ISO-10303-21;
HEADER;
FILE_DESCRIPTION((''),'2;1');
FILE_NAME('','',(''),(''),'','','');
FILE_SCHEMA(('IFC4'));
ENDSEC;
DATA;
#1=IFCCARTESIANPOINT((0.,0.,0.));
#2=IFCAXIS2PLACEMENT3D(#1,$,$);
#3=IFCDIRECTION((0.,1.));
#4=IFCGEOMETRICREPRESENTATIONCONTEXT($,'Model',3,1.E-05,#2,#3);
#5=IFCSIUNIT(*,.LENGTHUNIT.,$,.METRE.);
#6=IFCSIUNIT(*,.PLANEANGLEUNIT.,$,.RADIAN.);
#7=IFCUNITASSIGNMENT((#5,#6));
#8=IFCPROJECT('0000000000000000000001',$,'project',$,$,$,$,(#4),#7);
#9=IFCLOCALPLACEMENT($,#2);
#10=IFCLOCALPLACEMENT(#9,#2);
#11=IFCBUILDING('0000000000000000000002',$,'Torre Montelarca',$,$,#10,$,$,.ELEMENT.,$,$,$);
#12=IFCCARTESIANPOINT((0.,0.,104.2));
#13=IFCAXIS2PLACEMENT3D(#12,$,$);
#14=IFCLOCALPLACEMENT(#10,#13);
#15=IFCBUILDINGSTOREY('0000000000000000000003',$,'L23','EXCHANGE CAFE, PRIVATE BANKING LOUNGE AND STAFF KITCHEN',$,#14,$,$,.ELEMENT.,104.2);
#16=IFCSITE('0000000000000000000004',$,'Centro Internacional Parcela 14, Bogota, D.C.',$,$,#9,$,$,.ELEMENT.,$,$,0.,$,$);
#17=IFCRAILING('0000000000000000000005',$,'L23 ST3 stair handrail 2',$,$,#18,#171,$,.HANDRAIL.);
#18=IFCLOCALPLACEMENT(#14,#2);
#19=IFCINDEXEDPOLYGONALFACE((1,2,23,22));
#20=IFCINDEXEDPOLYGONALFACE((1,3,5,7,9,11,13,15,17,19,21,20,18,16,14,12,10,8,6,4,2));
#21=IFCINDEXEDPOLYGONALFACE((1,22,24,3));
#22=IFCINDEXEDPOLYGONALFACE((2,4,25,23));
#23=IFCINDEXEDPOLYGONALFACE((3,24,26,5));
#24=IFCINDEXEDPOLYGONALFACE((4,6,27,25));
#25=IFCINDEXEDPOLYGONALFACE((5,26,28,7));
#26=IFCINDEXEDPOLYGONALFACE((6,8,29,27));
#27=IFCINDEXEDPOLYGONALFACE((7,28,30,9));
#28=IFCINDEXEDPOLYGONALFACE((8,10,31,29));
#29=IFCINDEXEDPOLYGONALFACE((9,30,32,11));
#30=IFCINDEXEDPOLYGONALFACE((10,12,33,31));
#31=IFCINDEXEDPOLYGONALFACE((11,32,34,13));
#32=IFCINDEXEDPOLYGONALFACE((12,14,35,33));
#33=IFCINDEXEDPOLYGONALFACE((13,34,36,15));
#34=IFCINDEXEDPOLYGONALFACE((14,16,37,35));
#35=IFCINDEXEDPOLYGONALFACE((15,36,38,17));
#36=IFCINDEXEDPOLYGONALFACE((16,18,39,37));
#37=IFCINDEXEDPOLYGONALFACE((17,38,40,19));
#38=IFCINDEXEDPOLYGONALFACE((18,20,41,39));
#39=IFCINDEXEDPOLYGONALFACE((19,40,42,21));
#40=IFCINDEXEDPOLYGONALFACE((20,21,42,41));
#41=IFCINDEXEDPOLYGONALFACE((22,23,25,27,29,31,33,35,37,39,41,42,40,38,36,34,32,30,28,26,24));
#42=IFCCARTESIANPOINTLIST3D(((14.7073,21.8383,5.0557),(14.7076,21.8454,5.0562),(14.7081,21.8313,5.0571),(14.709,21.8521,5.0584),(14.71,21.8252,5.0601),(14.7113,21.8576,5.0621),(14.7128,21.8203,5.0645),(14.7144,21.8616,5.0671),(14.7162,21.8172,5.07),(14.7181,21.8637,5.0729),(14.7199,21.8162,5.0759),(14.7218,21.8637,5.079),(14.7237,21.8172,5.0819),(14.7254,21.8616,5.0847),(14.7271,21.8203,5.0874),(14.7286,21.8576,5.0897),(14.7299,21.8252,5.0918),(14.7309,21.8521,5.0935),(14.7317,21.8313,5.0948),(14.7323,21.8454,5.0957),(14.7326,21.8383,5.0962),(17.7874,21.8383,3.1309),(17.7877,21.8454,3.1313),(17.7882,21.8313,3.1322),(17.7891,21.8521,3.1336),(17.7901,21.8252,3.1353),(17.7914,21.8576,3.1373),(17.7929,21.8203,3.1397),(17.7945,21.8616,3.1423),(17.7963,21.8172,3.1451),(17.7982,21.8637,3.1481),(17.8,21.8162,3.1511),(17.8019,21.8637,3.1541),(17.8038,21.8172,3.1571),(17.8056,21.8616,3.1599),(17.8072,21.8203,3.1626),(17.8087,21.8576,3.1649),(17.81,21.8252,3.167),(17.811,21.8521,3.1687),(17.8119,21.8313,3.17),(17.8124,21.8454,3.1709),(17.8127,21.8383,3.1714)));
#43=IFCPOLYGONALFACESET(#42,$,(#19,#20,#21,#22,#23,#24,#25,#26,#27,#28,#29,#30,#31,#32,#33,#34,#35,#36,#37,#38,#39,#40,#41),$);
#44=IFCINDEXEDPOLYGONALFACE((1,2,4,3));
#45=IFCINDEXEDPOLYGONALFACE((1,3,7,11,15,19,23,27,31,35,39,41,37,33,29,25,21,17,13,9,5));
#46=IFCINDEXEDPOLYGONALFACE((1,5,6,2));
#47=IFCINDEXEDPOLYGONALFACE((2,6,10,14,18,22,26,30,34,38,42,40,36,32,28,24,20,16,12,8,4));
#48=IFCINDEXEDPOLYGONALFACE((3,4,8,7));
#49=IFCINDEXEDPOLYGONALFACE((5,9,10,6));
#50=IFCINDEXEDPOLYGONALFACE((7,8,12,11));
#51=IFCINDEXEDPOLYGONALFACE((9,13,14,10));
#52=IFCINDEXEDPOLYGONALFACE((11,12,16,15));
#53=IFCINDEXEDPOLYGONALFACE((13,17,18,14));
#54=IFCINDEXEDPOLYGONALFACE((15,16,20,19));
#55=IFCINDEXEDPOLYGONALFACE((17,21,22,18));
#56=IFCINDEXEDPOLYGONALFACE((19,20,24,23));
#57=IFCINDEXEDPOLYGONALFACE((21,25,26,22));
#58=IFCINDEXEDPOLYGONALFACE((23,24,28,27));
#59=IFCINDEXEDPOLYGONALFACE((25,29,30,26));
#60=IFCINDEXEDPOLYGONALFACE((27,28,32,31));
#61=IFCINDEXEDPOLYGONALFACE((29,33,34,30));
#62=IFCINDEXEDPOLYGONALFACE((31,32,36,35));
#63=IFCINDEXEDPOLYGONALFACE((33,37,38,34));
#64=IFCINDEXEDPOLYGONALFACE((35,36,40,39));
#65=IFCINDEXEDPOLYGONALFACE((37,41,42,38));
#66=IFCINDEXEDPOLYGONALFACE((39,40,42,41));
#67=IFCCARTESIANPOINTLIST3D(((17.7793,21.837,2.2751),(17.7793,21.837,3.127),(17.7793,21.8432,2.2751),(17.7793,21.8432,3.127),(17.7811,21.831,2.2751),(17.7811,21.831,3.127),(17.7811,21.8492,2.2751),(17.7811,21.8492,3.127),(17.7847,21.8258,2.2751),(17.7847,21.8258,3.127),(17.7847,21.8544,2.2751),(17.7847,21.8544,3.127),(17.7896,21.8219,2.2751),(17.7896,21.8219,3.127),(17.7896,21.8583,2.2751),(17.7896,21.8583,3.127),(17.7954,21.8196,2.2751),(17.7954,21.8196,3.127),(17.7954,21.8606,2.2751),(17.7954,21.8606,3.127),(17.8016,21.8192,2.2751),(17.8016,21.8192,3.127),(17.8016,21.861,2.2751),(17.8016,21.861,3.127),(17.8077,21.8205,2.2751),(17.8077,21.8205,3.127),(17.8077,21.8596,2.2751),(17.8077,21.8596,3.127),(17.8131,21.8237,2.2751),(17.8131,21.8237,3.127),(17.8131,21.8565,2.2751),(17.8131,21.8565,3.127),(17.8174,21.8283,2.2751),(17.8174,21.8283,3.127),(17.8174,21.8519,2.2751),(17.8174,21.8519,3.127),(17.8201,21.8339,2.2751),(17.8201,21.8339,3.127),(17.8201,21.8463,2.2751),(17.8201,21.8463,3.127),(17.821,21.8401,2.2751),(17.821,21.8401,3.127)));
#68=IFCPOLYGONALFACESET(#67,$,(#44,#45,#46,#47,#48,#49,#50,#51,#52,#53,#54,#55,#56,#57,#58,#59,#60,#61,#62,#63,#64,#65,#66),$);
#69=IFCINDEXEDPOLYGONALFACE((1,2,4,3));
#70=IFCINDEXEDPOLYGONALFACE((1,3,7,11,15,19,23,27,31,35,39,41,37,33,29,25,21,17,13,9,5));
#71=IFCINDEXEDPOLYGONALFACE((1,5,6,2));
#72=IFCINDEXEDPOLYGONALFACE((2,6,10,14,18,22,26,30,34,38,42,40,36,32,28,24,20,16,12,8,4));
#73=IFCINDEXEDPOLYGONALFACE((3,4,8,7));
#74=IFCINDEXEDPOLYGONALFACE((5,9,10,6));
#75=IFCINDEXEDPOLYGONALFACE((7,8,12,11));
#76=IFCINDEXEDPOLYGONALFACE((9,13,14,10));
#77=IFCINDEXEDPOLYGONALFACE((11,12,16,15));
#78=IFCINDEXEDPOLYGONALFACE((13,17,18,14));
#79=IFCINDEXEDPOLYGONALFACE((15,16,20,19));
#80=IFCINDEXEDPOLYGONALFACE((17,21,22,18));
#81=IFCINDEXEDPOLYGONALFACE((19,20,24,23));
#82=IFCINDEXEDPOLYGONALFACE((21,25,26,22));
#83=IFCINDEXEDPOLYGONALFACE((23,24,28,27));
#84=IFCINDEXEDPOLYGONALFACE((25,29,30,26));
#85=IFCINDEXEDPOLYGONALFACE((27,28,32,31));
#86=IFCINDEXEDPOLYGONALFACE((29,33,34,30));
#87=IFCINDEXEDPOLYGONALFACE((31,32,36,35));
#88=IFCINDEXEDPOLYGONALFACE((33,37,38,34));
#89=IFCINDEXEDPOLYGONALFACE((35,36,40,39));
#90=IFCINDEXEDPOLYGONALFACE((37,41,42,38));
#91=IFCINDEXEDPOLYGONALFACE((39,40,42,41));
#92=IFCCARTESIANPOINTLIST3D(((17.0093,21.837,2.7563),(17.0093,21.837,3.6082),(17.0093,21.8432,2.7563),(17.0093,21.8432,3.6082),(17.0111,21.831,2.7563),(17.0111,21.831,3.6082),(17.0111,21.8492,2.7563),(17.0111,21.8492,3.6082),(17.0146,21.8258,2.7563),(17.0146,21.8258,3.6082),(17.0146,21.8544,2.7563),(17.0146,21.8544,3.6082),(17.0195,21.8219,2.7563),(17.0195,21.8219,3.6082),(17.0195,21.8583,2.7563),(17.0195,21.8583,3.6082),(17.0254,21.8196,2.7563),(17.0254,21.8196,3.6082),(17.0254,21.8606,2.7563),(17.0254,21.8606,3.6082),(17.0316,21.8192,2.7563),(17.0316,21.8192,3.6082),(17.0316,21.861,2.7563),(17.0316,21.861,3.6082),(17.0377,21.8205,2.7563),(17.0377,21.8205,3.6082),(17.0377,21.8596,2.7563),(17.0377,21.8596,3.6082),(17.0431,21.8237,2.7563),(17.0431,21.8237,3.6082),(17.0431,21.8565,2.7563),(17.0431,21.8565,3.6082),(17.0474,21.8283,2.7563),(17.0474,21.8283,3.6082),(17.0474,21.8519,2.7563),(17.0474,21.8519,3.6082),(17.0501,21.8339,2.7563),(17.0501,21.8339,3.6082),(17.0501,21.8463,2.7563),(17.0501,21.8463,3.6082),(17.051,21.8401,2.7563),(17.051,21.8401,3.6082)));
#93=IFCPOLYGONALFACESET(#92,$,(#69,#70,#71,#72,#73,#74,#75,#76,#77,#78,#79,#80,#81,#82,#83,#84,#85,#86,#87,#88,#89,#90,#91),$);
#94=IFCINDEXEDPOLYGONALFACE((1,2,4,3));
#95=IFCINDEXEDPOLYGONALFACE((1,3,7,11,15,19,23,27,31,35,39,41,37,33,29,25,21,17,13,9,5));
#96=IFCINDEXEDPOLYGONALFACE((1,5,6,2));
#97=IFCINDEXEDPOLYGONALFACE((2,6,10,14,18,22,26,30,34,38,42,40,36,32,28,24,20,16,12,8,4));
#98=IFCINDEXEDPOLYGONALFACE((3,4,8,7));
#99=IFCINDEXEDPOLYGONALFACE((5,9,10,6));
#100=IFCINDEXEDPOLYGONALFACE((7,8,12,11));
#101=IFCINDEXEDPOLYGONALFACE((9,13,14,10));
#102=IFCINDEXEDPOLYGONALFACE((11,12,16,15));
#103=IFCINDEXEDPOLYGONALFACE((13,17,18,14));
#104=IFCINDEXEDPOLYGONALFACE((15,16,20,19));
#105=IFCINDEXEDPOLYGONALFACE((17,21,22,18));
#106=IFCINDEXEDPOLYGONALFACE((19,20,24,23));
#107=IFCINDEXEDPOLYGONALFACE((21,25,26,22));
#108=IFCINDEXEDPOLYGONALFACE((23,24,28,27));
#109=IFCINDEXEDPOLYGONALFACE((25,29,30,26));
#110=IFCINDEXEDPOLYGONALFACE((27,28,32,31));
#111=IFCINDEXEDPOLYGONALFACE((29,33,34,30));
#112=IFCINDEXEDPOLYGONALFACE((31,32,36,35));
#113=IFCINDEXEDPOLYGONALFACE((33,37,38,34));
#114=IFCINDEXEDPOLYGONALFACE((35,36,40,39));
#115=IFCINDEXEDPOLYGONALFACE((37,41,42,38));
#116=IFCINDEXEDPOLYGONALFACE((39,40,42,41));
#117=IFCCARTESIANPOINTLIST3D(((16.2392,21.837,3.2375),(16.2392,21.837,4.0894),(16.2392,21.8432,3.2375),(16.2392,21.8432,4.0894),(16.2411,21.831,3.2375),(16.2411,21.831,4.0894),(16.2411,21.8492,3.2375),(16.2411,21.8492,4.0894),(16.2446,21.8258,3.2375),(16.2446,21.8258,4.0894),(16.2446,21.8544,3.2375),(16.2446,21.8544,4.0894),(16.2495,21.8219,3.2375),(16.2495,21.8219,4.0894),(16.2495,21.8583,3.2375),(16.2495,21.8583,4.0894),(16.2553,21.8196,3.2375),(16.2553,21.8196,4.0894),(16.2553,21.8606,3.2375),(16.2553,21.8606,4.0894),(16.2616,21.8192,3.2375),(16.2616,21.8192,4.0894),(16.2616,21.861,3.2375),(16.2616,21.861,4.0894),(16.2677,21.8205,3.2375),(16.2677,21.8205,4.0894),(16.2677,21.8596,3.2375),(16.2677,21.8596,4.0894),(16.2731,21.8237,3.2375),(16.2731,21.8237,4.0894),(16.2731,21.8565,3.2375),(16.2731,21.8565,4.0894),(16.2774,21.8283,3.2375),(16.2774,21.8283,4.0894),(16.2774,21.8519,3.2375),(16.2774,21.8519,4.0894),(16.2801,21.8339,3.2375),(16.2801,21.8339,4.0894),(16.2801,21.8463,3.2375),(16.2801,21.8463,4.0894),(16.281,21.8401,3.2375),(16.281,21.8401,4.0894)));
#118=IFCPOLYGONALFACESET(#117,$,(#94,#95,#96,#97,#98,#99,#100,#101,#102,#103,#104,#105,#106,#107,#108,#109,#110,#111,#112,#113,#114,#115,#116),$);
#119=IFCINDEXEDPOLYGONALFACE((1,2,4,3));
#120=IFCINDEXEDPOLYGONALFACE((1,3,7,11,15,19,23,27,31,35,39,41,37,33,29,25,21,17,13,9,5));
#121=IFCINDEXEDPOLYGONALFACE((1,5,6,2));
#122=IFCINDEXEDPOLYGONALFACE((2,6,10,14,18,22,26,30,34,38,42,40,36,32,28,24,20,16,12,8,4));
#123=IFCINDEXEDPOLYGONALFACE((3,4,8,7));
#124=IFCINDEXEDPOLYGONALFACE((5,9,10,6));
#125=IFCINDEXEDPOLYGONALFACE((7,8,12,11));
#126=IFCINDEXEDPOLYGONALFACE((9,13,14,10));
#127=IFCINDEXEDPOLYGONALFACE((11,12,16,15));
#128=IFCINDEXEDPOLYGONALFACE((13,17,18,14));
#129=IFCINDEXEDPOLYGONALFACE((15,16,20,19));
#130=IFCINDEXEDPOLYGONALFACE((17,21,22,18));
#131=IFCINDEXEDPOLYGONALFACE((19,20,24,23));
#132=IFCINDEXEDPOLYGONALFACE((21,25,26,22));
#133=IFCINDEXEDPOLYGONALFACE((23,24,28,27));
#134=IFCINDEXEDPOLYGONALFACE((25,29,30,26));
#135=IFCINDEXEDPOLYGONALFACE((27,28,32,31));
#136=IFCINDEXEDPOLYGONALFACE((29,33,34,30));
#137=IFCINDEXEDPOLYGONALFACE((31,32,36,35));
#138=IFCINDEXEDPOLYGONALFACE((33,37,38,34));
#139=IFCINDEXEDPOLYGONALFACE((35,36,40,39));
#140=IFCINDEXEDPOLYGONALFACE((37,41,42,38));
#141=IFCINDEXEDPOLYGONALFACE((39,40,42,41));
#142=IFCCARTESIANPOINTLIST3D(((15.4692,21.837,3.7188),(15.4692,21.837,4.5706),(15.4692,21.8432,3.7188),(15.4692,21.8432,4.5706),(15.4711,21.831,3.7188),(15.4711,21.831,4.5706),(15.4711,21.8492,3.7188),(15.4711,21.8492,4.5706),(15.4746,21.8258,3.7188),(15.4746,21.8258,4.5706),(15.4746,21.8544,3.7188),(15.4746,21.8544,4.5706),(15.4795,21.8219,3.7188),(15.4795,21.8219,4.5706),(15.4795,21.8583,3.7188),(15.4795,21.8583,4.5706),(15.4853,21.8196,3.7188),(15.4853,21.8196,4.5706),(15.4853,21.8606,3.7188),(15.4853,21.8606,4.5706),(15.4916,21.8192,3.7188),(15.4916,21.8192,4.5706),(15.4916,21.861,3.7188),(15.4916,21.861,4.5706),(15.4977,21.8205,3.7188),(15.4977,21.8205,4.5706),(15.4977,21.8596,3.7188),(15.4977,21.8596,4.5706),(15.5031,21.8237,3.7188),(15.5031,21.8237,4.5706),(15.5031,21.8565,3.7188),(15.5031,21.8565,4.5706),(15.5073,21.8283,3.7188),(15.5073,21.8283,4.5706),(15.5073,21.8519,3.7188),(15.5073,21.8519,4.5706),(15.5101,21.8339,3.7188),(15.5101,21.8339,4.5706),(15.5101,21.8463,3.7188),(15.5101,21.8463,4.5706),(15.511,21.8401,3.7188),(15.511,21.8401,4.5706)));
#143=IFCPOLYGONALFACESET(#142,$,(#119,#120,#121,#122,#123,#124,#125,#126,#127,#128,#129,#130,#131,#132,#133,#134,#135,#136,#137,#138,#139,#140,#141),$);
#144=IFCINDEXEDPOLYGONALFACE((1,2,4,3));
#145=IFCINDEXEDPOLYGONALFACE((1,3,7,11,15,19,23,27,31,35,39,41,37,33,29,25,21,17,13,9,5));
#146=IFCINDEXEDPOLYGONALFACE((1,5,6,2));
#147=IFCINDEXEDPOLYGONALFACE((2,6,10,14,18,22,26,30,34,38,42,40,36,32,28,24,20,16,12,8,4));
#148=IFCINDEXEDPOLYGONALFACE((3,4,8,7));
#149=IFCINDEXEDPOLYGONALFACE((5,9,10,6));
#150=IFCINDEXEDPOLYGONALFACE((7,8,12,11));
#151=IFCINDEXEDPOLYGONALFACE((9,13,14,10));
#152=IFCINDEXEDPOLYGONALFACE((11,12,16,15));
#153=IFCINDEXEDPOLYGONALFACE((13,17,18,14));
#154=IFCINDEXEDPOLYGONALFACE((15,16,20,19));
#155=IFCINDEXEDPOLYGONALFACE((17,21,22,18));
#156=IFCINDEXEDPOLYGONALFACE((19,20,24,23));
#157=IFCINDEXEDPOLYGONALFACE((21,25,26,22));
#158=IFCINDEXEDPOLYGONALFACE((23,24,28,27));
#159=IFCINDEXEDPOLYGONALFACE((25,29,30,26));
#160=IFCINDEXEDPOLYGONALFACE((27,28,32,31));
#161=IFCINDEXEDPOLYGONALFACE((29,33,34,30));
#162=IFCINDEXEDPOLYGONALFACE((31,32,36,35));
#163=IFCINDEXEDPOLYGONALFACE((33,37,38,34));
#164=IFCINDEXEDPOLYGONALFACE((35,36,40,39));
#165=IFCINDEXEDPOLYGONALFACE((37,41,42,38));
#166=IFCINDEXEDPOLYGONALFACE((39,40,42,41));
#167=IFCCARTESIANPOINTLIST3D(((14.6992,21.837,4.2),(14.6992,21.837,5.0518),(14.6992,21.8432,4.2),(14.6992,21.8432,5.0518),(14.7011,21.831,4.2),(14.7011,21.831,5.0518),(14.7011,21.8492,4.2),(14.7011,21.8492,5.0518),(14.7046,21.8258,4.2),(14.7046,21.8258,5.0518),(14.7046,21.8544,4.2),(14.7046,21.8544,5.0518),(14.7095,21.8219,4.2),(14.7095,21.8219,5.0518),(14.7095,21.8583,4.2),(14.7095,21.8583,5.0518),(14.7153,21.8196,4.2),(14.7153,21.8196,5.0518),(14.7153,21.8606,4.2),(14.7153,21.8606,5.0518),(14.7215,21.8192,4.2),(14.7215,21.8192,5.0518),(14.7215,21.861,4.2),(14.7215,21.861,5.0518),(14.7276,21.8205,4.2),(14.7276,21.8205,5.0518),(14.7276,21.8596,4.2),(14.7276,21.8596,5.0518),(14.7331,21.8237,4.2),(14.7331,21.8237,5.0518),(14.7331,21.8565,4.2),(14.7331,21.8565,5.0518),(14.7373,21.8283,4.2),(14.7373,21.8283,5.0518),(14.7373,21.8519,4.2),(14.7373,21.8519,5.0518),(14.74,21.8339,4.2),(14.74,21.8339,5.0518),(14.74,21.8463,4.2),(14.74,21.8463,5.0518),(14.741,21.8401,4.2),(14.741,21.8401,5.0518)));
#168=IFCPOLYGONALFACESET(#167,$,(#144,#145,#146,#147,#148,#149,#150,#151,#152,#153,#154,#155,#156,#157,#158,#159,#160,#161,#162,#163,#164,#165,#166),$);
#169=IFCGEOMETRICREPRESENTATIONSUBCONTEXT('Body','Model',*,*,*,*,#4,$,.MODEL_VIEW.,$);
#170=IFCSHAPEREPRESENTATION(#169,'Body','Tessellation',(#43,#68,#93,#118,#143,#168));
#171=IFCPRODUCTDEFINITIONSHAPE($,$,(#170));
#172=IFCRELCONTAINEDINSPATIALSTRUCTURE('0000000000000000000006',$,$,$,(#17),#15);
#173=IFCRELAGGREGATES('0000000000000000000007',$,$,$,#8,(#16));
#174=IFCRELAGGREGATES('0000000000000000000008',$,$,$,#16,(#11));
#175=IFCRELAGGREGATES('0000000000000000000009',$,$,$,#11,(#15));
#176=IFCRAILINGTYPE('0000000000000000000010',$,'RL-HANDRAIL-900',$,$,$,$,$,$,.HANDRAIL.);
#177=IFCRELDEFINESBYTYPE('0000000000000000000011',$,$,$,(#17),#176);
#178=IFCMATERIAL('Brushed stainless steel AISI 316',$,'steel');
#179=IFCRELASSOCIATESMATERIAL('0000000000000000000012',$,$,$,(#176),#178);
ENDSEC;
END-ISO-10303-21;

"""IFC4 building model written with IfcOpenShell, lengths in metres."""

from ifc_helpers import new_model, si_unit, direction, frame, origin, origin_2d, place, context, subcontext, project, spatial, circle, extrude, material, type_object, element, save


model = new_model("IFC4")

# Units and contexts
model_context = context("Model", 3, precision=1e-05, world=origin(), true_north=direction((0.0, 1.0)))
body_context = subcontext(model_context, "Body", "Model", "MODEL_VIEW")
ifc_project = project(units=[si_unit("LENGTHUNIT", "METRE"), si_unit("PLANEANGLEUNIT", "RADIAN")], contexts=[model_context])

# Site, building, storey
site_placement = place(None, origin())
site = spatial("IfcSite", under=ifc_project, at=site_placement, Name="Centro Internacional Parcela 14, Bogota, D.C.", CompositionType="ELEMENT", RefElevation=0.0)
building_placement = place(site_placement, origin())
building = spatial("IfcBuilding", under=site, at=building_placement, Name="Torre Montelarca", CompositionType="ELEMENT")
storey_placement = place(building_placement, frame((0.0, 0.0, 104.2)))
storey = spatial("IfcBuildingStorey", under=building, at=storey_placement, Name="L23", Description="EXCHANGE CAFE, PRIVATE BANKING LOUNGE AND STAFF KITCHEN", CompositionType="ELEMENT", Elevation=104.2)

# Railing
ifc_material_1 = material(Name="Brushed stainless steel AISI 316", Category="steel")
railing_type_1 = type_object("IfcRailingType", Name="RL-HANDRAIL-900", PredefinedType="HANDRAIL", material=ifc_material_1)
railing_1_placement = place(storey_placement, frame((17.8, 21.8401, 2.2751)))
element("IfcRailing", 1, at=railing_1_placement, inside=storey, type_object=railing_type_1, Name="L23 ST3 stair handrail 2", PredefinedType="HANDRAIL", context=body_context, shape_type="SweptSolid", body=[
    extrude(circle(Radius=0.0239, at=origin_2d()), frame((0.0, 0.0, 0.876), z_axis=(-0.848029, 0.0, 0.529951), x_axis=(0.0, -1.0, 0.0)), (0.0, 0.0, 1.0), 3.6321),
    extrude(circle(Radius=0.021, at=origin_2d()), origin(), (0.0, 0.0, 1.0), 0.8518),
    extrude(circle(Radius=0.021, at=origin_2d()), frame((-0.77, 0.0, 0.4812)), (0.0, 0.0, 1.0), 0.8518),
    extrude(circle(Radius=0.021, at=origin_2d()), frame((-1.54, 0.0, 0.9624)), (0.0, 0.0, 1.0), 0.8518),
    extrude(circle(Radius=0.021, at=origin_2d()), frame((-2.3101, 0.0, 1.4436)), (0.0, 0.0, 1.0), 0.8518),
    extrude(circle(Radius=0.021, at=origin_2d()), frame((-3.0801, 0.0, 1.9248)), (0.0, 0.0, 1.0), 0.8518),
])

save(model, "model.ifc")
